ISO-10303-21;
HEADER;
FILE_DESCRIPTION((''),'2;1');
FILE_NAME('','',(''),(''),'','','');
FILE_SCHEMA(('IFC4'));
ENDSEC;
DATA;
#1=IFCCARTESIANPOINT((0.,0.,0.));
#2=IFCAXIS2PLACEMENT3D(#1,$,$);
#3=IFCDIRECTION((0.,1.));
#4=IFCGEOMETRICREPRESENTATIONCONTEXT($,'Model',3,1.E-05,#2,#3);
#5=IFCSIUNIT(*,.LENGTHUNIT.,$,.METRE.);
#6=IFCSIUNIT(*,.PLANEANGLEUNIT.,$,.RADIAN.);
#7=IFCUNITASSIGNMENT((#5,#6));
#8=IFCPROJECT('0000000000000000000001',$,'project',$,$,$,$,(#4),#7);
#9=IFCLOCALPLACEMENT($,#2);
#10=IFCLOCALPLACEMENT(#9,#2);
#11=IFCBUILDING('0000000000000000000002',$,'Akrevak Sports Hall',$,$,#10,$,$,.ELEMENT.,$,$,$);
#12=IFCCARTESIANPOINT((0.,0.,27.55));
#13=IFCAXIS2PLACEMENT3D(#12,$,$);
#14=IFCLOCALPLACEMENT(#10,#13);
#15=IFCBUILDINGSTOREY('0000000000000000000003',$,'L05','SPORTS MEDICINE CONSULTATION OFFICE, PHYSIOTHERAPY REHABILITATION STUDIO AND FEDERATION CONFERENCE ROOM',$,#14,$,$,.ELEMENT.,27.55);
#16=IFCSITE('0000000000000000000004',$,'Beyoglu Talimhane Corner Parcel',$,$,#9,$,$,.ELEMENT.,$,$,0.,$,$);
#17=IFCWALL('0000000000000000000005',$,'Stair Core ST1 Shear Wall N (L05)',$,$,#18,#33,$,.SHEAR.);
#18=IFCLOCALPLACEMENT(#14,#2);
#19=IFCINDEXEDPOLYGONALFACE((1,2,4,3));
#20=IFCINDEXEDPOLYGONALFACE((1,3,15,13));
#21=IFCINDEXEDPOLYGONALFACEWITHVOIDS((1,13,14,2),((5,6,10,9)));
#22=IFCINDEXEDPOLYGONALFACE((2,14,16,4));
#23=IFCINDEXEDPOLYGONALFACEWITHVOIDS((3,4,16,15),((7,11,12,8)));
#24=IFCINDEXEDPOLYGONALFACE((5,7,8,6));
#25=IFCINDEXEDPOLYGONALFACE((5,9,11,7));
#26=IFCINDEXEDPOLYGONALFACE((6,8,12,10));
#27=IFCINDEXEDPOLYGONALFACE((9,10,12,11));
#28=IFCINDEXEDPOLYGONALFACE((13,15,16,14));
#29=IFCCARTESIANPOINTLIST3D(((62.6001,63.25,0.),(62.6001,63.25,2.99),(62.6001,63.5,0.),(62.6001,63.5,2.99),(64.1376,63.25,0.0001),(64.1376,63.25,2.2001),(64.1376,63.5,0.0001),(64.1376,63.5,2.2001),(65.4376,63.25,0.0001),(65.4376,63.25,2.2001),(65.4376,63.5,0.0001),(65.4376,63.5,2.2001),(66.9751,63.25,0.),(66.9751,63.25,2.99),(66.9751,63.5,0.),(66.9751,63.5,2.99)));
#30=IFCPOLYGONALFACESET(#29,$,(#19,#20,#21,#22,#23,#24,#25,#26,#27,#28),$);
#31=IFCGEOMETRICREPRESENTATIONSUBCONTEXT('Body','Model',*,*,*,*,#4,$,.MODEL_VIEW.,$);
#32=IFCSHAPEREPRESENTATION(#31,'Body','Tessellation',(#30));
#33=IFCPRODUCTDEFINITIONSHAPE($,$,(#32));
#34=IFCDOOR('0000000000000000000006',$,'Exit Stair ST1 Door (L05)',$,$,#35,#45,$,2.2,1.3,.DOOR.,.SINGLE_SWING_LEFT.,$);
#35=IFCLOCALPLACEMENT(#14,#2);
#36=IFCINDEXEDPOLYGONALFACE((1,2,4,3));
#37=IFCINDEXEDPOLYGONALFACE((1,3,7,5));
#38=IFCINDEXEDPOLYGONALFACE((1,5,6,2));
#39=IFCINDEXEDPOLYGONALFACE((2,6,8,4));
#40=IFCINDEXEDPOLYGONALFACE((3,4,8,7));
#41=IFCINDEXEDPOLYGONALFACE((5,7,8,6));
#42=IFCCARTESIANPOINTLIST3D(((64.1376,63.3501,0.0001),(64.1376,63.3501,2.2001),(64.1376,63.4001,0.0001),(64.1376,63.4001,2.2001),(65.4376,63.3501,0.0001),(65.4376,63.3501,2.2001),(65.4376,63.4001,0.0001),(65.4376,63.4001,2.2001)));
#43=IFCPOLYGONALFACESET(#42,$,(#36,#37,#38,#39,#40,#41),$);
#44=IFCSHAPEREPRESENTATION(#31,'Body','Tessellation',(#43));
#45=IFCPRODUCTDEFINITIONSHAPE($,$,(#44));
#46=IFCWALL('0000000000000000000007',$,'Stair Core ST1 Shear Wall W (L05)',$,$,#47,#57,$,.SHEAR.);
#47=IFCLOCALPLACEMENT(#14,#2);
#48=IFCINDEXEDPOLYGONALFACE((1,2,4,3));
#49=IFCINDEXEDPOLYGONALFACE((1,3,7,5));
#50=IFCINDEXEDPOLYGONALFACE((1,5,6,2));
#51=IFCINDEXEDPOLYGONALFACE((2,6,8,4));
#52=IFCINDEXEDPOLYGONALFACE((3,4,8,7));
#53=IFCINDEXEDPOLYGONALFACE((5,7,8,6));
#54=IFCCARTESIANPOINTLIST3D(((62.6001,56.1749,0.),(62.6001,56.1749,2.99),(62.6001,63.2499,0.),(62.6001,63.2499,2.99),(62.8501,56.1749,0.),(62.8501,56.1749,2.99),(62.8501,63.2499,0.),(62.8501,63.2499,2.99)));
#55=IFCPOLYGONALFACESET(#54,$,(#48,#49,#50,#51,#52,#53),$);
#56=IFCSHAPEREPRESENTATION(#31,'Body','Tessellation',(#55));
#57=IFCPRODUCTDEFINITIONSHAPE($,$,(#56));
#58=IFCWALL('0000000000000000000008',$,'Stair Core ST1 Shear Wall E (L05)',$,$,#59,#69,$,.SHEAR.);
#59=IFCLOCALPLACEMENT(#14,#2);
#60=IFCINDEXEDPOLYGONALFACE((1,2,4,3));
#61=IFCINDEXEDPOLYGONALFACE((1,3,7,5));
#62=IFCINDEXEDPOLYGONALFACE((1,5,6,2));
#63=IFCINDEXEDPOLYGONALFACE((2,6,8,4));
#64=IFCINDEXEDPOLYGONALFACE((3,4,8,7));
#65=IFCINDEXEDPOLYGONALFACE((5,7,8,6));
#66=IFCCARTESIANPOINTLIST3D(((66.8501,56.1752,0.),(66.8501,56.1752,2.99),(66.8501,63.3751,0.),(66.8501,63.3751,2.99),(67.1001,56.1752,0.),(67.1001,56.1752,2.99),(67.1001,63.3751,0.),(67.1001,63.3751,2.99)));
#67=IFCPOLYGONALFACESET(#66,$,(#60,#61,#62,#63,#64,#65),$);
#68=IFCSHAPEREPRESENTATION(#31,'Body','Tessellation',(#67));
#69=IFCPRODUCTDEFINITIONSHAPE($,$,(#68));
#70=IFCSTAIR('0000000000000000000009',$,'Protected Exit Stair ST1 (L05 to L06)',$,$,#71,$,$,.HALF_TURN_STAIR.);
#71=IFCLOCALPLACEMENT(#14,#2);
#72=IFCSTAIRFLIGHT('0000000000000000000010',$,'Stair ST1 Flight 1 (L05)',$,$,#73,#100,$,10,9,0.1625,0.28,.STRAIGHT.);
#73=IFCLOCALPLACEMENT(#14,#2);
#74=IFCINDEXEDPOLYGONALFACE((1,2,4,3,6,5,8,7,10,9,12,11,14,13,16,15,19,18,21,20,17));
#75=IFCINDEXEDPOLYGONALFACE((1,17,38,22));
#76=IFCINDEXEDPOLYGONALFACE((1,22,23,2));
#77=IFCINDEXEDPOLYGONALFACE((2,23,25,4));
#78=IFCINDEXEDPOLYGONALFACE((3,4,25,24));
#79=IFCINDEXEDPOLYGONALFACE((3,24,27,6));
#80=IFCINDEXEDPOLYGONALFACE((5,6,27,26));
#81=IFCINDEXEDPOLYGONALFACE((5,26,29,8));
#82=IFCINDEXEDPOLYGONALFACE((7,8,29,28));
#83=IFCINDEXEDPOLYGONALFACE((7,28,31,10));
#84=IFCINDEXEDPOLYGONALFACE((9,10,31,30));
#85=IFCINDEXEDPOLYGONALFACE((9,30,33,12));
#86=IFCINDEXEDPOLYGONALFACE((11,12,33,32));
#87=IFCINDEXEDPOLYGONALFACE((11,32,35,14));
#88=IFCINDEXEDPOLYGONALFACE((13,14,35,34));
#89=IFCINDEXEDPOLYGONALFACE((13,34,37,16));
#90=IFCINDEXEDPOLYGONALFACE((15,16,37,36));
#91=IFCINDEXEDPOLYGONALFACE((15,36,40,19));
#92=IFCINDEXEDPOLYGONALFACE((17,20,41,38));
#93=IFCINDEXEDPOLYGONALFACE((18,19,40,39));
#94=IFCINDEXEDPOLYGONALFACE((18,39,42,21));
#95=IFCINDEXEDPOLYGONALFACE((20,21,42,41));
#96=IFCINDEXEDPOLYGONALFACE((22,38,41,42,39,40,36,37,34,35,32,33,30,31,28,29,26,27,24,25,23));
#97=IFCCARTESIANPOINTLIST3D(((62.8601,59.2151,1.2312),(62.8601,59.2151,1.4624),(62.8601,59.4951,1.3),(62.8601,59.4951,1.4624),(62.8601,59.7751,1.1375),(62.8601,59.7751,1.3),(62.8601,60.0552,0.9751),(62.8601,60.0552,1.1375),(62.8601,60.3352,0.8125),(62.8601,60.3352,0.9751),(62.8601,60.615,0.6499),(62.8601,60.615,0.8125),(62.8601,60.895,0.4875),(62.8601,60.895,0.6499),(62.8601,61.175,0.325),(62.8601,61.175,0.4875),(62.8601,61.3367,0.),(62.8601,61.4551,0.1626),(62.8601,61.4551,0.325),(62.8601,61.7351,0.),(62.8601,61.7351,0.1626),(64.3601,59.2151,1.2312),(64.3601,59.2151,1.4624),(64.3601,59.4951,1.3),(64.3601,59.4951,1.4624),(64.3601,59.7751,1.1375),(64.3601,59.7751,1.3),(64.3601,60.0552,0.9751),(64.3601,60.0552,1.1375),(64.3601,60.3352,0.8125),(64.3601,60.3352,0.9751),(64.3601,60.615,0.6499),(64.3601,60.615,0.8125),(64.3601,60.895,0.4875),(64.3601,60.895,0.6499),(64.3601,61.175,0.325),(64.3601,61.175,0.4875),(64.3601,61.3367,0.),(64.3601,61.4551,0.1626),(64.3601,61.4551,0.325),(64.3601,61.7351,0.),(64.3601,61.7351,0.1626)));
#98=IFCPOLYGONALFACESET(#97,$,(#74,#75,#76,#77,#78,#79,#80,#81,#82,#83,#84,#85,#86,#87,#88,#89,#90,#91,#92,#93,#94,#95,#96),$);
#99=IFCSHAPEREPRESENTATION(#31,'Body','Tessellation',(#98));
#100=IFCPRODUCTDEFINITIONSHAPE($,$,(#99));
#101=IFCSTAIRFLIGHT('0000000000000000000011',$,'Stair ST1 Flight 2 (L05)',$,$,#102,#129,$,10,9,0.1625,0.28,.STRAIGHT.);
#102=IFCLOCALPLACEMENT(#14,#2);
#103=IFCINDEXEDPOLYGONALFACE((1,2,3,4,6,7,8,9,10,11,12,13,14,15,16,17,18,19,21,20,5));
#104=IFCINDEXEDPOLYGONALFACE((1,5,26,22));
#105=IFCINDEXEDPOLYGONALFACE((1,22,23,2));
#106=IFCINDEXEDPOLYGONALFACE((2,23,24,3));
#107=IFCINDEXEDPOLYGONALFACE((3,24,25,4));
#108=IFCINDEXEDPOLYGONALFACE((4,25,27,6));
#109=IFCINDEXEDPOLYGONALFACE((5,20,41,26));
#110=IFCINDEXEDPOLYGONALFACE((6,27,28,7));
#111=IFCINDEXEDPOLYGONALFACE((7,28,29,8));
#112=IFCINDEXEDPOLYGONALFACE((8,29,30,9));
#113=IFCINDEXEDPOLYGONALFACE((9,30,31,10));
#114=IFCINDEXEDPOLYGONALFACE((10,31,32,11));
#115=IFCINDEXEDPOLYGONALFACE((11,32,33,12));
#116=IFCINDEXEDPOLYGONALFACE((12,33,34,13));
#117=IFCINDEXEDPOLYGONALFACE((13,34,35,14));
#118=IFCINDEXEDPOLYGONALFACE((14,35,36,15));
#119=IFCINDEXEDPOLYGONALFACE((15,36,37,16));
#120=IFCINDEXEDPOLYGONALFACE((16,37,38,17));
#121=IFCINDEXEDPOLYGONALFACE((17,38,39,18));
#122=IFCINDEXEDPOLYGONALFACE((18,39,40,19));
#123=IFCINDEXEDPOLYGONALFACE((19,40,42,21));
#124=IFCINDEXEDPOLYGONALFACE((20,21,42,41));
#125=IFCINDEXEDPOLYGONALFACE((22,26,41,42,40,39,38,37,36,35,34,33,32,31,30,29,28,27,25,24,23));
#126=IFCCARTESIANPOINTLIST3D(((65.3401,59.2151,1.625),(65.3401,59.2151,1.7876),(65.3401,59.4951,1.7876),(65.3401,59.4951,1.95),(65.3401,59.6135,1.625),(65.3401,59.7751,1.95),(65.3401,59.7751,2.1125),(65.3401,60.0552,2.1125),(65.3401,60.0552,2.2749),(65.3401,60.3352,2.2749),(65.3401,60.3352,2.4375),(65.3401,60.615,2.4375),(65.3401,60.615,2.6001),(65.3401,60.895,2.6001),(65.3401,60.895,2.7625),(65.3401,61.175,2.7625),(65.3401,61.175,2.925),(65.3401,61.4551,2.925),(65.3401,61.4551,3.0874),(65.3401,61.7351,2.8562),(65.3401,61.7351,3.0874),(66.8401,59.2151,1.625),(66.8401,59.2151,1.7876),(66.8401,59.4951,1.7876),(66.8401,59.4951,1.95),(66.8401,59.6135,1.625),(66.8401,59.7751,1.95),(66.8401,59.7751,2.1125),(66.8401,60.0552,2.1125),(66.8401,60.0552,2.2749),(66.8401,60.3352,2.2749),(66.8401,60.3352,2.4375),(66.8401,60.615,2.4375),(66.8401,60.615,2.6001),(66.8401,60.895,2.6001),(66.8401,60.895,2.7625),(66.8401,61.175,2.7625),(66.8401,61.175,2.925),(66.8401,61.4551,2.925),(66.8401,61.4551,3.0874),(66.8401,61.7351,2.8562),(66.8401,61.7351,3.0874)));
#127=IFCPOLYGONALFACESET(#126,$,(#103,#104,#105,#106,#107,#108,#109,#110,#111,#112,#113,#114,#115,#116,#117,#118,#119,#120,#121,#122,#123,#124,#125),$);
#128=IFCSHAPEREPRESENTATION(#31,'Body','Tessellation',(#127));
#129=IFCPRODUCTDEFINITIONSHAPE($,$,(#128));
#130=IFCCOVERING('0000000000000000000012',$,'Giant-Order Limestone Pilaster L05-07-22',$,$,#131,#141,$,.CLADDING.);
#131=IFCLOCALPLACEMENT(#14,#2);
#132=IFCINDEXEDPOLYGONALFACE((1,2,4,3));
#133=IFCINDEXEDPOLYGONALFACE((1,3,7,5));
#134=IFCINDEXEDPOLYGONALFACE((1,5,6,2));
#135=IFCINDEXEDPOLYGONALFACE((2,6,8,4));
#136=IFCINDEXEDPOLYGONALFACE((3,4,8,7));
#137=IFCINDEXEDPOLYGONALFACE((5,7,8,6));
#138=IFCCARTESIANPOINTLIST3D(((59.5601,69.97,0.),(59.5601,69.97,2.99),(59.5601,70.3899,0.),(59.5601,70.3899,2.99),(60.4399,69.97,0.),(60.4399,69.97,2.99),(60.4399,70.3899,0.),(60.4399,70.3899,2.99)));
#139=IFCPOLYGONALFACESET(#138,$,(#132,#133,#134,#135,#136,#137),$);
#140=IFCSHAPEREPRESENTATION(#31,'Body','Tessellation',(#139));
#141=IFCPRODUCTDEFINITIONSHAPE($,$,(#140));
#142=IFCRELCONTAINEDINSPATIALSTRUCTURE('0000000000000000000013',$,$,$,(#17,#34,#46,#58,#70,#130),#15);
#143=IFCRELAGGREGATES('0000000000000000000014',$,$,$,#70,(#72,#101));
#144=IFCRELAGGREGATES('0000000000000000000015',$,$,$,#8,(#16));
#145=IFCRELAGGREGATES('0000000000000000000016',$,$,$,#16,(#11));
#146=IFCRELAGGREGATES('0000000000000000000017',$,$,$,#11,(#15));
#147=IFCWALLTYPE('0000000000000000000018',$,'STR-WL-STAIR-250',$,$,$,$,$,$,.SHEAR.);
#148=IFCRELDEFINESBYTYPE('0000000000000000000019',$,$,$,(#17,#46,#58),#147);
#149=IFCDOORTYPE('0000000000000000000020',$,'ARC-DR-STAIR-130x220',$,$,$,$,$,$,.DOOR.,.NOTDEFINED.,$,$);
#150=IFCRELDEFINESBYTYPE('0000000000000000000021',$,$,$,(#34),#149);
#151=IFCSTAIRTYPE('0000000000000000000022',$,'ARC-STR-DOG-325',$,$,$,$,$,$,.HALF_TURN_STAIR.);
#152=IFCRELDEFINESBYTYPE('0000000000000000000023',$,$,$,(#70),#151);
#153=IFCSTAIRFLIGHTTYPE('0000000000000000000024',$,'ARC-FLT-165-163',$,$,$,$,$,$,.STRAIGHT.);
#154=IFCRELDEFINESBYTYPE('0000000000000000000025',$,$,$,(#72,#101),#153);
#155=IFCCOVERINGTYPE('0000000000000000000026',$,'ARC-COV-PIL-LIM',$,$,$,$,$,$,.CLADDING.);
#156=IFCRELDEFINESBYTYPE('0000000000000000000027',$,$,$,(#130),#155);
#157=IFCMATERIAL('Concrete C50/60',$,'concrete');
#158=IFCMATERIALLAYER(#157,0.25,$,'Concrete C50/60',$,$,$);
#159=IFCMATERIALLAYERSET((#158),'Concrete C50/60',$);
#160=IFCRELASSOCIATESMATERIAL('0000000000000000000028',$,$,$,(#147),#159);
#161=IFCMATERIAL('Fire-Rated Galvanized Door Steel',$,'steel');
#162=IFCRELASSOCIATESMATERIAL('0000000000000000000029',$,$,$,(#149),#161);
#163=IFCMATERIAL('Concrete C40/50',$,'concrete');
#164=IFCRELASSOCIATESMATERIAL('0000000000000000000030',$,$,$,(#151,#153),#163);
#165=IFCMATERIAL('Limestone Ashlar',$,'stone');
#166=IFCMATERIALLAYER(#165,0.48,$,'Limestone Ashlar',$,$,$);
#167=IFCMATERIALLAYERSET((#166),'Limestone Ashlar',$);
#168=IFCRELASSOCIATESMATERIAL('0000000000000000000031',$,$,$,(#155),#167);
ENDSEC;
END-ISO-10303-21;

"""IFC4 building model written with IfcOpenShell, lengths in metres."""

from ifc_helpers import new_model, si_unit, direction, frame, frame_2d, origin, origin_2d, place, context, subcontext, project, spatial, polyline, rectangle, outline, extrude, material, layer, layer_set, type_object, element, fill, aggregate, save


model = new_model("IFC4")

# Units and contexts
model_context = context("Model", 3, precision=1e-05, world=origin(), true_north=direction((0.0, 1.0)))
body_context = subcontext(model_context, "Body", "Model", "MODEL_VIEW")
ifc_project = project(units=[si_unit("LENGTHUNIT", "METRE"), si_unit("PLANEANGLEUNIT", "RADIAN")], contexts=[model_context])

# Site, building, storey
site_placement = place(None, origin())
site = spatial("IfcSite", under=ifc_project, at=site_placement, Name="Beyoglu Talimhane Corner Parcel", CompositionType="ELEMENT", RefElevation=0.0)
building_placement = place(site_placement, origin())
building = spatial("IfcBuilding", under=site, at=building_placement, Name="Akrevak Sports Hall", CompositionType="ELEMENT")
storey_placement = place(building_placement, frame((0.0, 0.0, 27.55)))
storey = spatial("IfcBuildingStorey", under=building, at=storey_placement, Name="L05", Description="SPORTS MEDICINE CONSULTATION OFFICE, PHYSIOTHERAPY REHABILITATION STUDIO AND FEDERATION CONFERENCE ROOM", CompositionType="ELEMENT", Elevation=27.55)

# Shared definitions
ifc_material_1 = material(Name="Concrete C40/50", Category="concrete")

# Shared definitions
ifc_material_2 = material(Name="Fire-Rated Galvanized Door Steel", Category="steel")

# Shared definitions
ifc_material_3 = material(Name="Concrete C50/60", Category="concrete")

# Shared definitions
ifc_layer_1 = layer(ifc_material_3, 0.25, Name="Concrete C50/60")
ifc_layer_set_1 = layer_set([ifc_layer_1], Name="Concrete C50/60")
wall_type_1 = type_object("IfcWallType", Name="STR-WL-STAIR-250", PredefinedType="SHEAR", material=ifc_layer_set_1)

# Wall, opening, door
wall_1_placement = place(storey_placement, frame((66.9751, 63.375, 0.0), z_axis=(0.0, 0.0, 1.0), x_axis=(-1.0, 0.0, 0.0)))
wall_1 = element("IfcWall", 1, at=wall_1_placement, inside=storey, type_object=wall_type_1, Name="Stair Core ST1 Shear Wall N (L05)", PredefinedType="SHEAR", context=body_context, shape_type="SweptSolid", body=[
    extrude(rectangle(XDim=4.375, YDim=0.25, at=frame_2d((2.1875, 0.0))), origin(), (0.0, 0.0, 1.0), 2.99),
])
opening_1_placement = place(wall_1_placement, frame((1.5376, 0.0, 0.0)))
opening_1 = element("IfcOpeningElement", 2, at=opening_1_placement, cuts=wall_1, PredefinedType="OPENING", context=body_context, shape_type="SweptSolid", body=[
    extrude(rectangle(XDim=1.3, YDim=2.2, at=frame_2d((0.6499, 1.1001))), frame((0.0, 0.137, 0.0), z_axis=(0.0, -1.0, 0.0), x_axis=(1.0, 0.0, 0.0)), (0.0, 0.0, 1.0), 0.2739),
])
door_type_1 = type_object("IfcDoorType", Name="ARC-DR-STAIR-130x220", OperationType="NOTDEFINED", PredefinedType="DOOR", material=ifc_material_2)
door_1_placement = place(opening_1_placement, origin())
door_1 = element("IfcDoor", 3, at=door_1_placement, inside=storey, type_object=door_type_1, Name="Exit Stair ST1 Door (L05)", OperationType="SINGLE_SWING_LEFT", OverallHeight=2.2, OverallWidth=1.3, PredefinedType="DOOR", context=body_context, shape_type="SweptSolid", body=[
    extrude(rectangle(XDim=1.3, YDim=2.2, at=frame_2d((0.6499, 1.1001))), frame((0.0, 0.0249, 0.0), z_axis=(0.0, -1.0, 0.0), x_axis=(1.0, 0.0, 0.0)), (0.0, 0.0, 1.0), 0.05),
])
fill(opening_1, door_1)

# Walls
wall_2_placement = place(storey_placement, frame((62.7251, 63.25, 0.0), z_axis=(0.0, 0.0, 1.0), x_axis=(0.0, -1.0, 0.0)))
element("IfcWall", 4, at=wall_2_placement, inside=storey, type_object=wall_type_1, Name="Stair Core ST1 Shear Wall W (L05)", PredefinedType="SHEAR", context=body_context, shape_type="SweptSolid", body=[
    extrude(rectangle(XDim=7.075, YDim=0.25, at=frame_2d((3.5376, 0.0))), origin(), (0.0, 0.0, 1.0), 2.99),
])
wall_3_placement = place(storey_placement, frame((66.9751, 56.175, 0.0), z_axis=(0.0, 0.0, 1.0), x_axis=(0.0, 1.0, 0.0)))
element("IfcWall", 5, at=wall_3_placement, inside=storey, type_object=wall_type_1, Name="Stair Core ST1 Shear Wall E (L05)", PredefinedType="SHEAR", context=body_context, shape_type="SweptSolid", body=[
    extrude(rectangle(XDim=7.2, YDim=0.25, at=frame_2d((3.6001, 0.0))), origin(), (0.0, 0.0, 1.0), 2.99),
])

# Stair, stair flights
stair_type = type_object("IfcStairType", Name="ARC-STR-DOG-325", PredefinedType="HALF_TURN_STAIR", material=ifc_material_1)
stair_placement = place(storey_placement, origin())
stair = element("IfcStair", 6, at=stair_placement, inside=storey, type_object=stair_type, Name="Protected Exit Stair ST1 (L05 to L06)", PredefinedType="HALF_TURN_STAIR")
stair_flight_type = type_object("IfcStairFlightType", Name="ARC-FLT-165-163", PredefinedType="STRAIGHT", material=ifc_material_1)
stair_flight_1_placement = place(storey_placement, frame((63.6101, 61.7351, 0.0), z_axis=(0.0, 0.0, 1.0), x_axis=(0.0, -1.0, 0.0)))
stair_flight_1 = element("IfcStairFlight", 7, at=stair_flight_1_placement, type_object=stair_flight_type, Name="Stair ST1 Flight 1 (L05)", NumberOfRisers=10, NumberOfTreads=9, PredefinedType="STRAIGHT", RiserHeight=0.1625, TreadLength=0.28, context=body_context, shape_type="SweptSolid", body=[
    extrude(outline(polyline([(0.0, 0.0), (0.0, 0.1626), (0.28, 0.1626), (0.28, 0.325), (0.5601, 0.325), (0.5601, 0.4875), (0.8401, 0.4875), (0.8401, 0.6499), (1.1201, 0.6499), (1.1201, 0.8125), (1.3999, 0.8125), (1.3999, 0.9751), (1.6799, 0.9751), (1.6799, 1.1375), (1.96, 1.1375), (1.96, 1.3), (2.24, 1.3), (2.24, 1.4624), (2.52, 1.4624), (2.52, 1.625), (2.52, 1.2312), (0.3984, 0.0), (0.0, 0.0)])), frame((0.0, 0.75, 0.0), z_axis=(0.0, -1.0, 0.0), x_axis=(1.0, 0.0, 0.0)), (0.0, 0.0, 1.0), 1.5),
])
stair_flight_2_placement = place(storey_placement, frame((66.0901, 59.2151, 1.625), z_axis=(0.0, 0.0, 1.0), x_axis=(0.0, 1.0, 0.0)))
stair_flight_2 = element("IfcStairFlight", 8, at=stair_flight_2_placement, type_object=stair_flight_type, Name="Stair ST1 Flight 2 (L05)", NumberOfRisers=10, NumberOfTreads=9, PredefinedType="STRAIGHT", RiserHeight=0.1625, TreadLength=0.28, context=body_context, shape_type="SweptSolid", body=[
    extrude(outline(polyline([(0.0, 0.0), (0.0, 0.1626), (0.28, 0.1626), (0.28, 0.325), (0.5601, 0.325), (0.5601, 0.4875), (0.8401, 0.4875), (0.8401, 0.6499), (1.1201, 0.6499), (1.1201, 0.8125), (1.3999, 0.8125), (1.3999, 0.9751), (1.6799, 0.9751), (1.6799, 1.1375), (1.96, 1.1375), (1.96, 1.3), (2.24, 1.3), (2.24, 1.4624), (2.52, 1.4624), (2.52, 1.625), (2.52, 1.2312), (0.3984, 0.0), (0.0, 0.0)])), frame((0.0, 0.75, 0.0), z_axis=(0.0, -1.0, 0.0), x_axis=(1.0, 0.0, 0.0)), (0.0, 0.0, 1.0), 1.5),
])
aggregate(stair, [stair_flight_1, stair_flight_2])

# Covering
ifc_material_4 = material(Name="Limestone Ashlar", Category="stone")
ifc_layer_2 = layer(ifc_material_4, 0.48, Name="Limestone Ashlar")
ifc_layer_set_2 = layer_set([ifc_layer_2], Name="Limestone Ashlar")
covering_type = type_object("IfcCoveringType", Name="ARC-COV-PIL-LIM", PredefinedType="CLADDING", material=ifc_layer_set_2)
covering_placement = place(storey_placement, frame((60.0, 70.1799, 0.0), z_axis=(0.0, 0.0, 1.0), x_axis=(-1.0, 0.0, 0.0)))
element("IfcCovering", 9, at=covering_placement, inside=storey, type_object=covering_type, Name="Giant-Order Limestone Pilaster L05-07-22", PredefinedType="CLADDING", context=body_context, shape_type="SweptSolid", body=[
    extrude(rectangle(XDim=0.8799, YDim=0.4199, at=origin_2d()), origin(), (0.0, 0.0, 1.0), 2.99),
])

save(model, "model.ifc")
